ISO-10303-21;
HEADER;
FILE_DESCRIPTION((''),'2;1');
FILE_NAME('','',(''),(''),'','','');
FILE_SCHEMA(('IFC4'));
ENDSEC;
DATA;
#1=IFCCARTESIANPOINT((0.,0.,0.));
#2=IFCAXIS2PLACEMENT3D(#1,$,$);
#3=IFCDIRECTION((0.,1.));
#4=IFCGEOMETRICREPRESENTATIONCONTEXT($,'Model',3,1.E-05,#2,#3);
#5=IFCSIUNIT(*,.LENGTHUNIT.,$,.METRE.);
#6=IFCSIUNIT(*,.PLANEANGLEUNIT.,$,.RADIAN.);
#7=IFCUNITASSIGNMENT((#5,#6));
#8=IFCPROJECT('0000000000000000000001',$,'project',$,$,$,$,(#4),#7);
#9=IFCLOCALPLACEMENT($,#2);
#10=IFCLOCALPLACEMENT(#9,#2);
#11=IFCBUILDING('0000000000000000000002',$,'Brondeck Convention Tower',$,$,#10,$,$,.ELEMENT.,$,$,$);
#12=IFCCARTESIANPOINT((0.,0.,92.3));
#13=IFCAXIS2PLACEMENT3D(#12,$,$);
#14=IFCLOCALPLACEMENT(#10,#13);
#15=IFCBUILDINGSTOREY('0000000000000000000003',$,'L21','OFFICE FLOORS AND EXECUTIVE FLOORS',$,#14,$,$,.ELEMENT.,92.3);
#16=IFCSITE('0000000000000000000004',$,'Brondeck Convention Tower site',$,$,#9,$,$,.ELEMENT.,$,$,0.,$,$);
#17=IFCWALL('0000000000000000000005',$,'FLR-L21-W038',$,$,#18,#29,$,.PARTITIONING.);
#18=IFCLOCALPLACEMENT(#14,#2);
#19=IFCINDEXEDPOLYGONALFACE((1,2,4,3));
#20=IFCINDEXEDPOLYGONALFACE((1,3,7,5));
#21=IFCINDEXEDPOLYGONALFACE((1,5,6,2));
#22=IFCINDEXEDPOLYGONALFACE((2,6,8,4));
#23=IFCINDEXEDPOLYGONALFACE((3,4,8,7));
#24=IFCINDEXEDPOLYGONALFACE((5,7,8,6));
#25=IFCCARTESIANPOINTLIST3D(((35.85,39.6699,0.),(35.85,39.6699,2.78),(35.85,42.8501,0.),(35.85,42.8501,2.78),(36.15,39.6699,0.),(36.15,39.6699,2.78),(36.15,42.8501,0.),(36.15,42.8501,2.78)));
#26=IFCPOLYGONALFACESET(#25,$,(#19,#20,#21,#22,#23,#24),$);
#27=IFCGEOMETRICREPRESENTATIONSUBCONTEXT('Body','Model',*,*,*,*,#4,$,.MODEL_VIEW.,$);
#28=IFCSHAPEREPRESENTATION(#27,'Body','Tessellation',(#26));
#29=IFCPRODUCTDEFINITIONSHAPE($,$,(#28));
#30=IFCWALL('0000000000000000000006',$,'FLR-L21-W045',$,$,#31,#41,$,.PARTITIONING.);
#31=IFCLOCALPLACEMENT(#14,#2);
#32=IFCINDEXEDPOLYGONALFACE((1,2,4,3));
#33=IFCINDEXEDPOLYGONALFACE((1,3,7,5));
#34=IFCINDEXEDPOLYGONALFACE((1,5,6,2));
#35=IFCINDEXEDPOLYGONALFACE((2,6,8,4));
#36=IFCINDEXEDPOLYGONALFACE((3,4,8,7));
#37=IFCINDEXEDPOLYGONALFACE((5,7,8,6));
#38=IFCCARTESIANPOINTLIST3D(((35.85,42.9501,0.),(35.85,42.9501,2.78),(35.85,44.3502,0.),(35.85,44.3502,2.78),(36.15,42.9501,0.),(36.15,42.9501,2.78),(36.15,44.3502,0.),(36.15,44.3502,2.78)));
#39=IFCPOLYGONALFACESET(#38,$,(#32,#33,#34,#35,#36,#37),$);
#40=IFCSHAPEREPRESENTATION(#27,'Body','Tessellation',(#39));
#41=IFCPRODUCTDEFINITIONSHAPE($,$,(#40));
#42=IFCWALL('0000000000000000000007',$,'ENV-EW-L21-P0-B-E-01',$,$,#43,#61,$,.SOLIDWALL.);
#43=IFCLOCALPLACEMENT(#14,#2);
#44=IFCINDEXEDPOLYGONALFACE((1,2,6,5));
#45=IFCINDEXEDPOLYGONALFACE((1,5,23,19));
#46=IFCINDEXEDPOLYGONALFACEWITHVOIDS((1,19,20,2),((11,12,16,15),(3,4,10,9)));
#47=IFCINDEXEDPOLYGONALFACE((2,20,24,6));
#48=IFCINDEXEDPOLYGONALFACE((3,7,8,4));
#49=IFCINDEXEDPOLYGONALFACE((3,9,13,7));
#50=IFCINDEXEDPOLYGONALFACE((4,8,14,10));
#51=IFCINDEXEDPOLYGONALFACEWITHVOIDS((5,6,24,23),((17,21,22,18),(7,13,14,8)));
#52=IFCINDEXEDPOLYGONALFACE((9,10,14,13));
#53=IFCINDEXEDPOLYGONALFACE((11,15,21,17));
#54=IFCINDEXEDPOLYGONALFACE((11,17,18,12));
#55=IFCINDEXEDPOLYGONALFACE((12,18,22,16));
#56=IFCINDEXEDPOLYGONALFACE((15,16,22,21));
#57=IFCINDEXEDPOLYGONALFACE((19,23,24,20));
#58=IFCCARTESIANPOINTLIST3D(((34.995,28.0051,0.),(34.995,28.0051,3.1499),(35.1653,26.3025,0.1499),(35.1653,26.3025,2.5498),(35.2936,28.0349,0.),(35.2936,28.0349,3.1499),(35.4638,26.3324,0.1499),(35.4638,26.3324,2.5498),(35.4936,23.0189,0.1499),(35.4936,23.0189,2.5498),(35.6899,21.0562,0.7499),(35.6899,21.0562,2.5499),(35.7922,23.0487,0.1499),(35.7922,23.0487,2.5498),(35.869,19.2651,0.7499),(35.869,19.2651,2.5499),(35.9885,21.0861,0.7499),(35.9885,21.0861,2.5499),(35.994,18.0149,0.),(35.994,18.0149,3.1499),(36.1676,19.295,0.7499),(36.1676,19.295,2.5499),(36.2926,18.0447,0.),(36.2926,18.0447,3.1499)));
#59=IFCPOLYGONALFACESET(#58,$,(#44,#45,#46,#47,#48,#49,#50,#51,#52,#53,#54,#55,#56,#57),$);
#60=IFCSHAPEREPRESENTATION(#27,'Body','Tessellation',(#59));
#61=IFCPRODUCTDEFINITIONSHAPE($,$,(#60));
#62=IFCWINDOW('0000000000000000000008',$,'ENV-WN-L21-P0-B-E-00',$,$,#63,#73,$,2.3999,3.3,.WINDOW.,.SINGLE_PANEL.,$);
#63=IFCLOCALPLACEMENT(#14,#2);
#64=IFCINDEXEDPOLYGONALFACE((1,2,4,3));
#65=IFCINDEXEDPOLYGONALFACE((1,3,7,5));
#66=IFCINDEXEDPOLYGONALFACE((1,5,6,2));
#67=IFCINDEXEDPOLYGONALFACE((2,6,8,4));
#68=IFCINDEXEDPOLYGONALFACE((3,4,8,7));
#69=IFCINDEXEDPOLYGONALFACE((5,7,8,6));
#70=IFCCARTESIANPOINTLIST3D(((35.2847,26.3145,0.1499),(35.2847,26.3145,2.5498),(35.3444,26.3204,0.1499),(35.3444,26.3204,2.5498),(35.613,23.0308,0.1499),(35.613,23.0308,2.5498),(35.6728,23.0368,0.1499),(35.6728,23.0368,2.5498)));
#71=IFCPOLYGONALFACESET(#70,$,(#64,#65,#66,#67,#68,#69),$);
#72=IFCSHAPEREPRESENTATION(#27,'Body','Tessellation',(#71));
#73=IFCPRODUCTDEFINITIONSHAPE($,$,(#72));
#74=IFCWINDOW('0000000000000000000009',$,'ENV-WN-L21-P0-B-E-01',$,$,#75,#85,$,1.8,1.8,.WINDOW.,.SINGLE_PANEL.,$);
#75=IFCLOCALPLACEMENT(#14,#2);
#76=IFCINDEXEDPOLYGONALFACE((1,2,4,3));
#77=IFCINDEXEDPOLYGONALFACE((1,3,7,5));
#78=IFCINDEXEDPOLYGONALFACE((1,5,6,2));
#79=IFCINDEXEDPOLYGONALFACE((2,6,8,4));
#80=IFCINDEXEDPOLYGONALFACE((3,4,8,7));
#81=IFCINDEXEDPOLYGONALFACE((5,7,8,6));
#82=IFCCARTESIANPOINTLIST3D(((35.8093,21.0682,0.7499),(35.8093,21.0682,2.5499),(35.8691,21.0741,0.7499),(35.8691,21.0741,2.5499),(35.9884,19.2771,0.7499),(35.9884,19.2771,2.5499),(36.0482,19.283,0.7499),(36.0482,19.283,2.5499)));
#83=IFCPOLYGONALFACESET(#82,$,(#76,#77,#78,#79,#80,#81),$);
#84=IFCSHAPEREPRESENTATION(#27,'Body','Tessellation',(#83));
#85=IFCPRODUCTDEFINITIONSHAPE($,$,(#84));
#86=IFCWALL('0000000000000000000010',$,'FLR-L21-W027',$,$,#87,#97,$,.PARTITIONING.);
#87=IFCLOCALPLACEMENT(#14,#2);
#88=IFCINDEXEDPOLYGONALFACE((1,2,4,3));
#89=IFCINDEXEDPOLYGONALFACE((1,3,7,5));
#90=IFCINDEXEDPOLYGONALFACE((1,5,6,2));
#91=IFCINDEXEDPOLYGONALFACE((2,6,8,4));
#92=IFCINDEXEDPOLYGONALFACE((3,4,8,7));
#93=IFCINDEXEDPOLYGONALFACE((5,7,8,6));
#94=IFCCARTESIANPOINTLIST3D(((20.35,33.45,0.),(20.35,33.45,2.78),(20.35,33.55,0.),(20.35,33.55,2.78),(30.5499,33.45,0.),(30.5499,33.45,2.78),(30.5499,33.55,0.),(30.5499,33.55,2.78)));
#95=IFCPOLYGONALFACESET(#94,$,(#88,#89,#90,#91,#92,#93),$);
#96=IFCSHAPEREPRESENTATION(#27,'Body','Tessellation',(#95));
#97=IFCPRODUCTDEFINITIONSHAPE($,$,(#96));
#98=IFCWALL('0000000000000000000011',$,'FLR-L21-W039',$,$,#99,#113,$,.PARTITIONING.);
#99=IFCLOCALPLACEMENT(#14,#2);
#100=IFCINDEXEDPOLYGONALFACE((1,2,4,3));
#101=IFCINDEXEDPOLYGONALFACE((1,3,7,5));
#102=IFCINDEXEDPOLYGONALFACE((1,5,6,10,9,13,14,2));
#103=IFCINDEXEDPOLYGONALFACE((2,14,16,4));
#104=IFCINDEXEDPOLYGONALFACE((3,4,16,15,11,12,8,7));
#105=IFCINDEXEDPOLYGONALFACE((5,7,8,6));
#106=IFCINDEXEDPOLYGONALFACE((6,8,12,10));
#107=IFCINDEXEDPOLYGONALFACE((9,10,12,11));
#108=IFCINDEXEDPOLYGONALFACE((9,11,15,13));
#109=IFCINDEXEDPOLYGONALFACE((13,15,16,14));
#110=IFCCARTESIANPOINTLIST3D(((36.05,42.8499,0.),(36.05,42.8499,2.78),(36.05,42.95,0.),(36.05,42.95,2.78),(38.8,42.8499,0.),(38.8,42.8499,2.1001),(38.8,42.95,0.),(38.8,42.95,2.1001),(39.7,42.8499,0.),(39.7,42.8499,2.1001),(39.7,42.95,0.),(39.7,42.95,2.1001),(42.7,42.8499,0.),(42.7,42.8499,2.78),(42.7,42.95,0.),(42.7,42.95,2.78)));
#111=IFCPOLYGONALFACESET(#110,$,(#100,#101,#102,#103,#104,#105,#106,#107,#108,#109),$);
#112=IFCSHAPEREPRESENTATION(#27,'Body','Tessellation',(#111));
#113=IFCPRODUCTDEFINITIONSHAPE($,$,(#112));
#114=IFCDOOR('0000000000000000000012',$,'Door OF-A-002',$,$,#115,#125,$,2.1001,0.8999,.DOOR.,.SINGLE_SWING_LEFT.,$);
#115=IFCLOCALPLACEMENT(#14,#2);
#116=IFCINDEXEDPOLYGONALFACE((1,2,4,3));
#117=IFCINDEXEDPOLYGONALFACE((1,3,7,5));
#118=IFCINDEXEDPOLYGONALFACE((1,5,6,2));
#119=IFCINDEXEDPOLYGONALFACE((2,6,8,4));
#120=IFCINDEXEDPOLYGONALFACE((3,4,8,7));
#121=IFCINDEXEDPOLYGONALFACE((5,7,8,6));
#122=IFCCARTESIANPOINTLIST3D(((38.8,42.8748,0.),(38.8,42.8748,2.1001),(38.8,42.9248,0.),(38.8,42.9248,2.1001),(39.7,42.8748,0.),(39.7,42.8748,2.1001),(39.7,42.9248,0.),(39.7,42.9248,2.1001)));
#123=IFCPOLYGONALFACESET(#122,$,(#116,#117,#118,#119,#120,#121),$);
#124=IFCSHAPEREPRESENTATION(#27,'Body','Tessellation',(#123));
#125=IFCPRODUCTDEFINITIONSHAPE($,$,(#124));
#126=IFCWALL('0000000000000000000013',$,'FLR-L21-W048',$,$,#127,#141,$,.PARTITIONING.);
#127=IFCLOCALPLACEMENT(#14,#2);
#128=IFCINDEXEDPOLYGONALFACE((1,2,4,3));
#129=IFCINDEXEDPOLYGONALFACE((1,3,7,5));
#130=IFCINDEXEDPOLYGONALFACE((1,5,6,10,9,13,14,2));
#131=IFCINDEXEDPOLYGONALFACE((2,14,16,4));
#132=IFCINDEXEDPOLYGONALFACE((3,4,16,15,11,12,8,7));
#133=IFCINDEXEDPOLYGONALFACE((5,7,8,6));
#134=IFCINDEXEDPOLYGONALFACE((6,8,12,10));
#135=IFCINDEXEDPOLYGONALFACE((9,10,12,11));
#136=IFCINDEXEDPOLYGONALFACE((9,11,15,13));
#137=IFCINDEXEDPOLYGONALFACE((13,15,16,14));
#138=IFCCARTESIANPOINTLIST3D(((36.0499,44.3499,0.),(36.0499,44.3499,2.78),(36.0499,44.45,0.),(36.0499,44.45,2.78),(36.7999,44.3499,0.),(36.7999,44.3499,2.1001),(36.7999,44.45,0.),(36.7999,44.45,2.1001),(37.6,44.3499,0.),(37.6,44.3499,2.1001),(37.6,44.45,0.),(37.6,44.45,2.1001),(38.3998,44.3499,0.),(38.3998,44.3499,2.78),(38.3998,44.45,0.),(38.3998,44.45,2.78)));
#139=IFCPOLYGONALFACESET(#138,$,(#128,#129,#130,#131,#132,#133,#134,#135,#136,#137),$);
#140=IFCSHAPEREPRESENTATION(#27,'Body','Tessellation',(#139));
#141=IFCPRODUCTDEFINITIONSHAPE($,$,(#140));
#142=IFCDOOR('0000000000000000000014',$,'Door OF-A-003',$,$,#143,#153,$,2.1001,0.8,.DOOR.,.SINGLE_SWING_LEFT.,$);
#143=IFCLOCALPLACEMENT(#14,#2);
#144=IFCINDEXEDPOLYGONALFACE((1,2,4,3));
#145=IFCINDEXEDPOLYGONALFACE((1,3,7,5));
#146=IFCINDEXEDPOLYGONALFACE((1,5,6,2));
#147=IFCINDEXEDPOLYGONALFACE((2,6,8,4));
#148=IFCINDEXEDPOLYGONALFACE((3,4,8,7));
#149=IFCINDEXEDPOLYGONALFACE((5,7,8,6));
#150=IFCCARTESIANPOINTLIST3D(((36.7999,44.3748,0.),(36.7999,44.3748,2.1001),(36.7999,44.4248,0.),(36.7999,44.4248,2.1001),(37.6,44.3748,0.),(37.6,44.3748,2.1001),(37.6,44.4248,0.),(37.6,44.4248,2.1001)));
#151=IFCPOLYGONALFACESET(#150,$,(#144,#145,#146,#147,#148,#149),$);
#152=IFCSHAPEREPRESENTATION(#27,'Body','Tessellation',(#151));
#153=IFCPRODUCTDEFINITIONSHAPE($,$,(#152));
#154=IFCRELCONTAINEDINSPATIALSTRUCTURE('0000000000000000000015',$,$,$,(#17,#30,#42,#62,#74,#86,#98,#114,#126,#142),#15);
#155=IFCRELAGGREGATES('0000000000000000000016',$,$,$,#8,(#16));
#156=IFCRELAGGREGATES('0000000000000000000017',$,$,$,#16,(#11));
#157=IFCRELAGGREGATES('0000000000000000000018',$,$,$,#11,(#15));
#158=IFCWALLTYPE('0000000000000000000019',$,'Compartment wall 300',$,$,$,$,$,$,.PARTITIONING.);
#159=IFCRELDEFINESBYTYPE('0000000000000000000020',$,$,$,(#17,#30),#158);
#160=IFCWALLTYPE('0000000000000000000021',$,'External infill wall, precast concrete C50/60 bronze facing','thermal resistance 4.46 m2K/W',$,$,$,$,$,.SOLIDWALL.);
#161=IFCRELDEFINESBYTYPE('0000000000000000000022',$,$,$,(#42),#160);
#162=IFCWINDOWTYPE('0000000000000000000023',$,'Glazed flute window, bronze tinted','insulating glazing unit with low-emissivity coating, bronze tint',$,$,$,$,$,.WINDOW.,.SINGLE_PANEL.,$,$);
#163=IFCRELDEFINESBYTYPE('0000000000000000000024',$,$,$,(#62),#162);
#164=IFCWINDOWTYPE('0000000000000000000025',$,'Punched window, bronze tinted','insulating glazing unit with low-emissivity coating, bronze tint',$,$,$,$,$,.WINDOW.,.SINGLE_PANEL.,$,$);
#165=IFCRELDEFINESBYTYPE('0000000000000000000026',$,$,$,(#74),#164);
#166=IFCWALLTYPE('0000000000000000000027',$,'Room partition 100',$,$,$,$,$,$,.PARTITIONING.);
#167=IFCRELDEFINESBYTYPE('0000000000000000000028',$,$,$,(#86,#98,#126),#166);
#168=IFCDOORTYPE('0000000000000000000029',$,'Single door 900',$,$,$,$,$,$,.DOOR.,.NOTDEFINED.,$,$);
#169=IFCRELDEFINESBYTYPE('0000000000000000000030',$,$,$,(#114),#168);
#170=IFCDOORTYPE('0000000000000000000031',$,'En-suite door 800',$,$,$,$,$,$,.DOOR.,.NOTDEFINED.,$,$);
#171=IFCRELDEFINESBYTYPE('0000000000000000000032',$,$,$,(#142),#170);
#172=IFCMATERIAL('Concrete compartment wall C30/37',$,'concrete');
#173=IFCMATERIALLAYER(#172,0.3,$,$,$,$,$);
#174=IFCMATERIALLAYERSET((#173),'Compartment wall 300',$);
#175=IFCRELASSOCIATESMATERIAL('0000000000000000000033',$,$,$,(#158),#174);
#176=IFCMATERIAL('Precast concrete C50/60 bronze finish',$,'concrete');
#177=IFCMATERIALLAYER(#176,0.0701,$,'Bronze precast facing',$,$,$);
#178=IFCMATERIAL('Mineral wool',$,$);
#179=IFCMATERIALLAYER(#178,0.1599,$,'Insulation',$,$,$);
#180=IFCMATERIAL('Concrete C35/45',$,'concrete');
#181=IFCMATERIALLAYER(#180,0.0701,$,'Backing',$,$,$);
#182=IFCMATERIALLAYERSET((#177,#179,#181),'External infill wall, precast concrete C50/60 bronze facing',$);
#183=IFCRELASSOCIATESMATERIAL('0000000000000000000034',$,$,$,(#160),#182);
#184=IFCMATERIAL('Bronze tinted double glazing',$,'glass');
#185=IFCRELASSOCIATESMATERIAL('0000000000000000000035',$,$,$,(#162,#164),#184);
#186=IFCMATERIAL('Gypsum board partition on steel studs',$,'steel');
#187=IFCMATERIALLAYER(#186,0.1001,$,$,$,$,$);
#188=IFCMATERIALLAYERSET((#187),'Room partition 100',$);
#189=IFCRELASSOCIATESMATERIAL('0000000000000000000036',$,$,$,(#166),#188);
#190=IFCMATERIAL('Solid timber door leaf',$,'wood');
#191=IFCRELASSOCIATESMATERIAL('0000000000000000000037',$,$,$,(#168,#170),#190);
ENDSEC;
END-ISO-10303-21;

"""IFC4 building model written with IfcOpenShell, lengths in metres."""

from ifc_helpers import new_model, si_unit, direction, frame, frame_2d, origin, place, context, subcontext, project, spatial, rectangle, extrude, material, layer, layer_set, type_object, element, fill, save


model = new_model("IFC4")

# Units and contexts
model_context = context("Model", 3, precision=1e-05, world=origin(), true_north=direction((0.0, 1.0)))
body_context = subcontext(model_context, "Body", "Model", "MODEL_VIEW")
ifc_project = project(units=[si_unit("LENGTHUNIT", "METRE"), si_unit("PLANEANGLEUNIT", "RADIAN")], contexts=[model_context])

# Site, building, storey
site_placement = place(None, origin())
site = spatial("IfcSite", under=ifc_project, at=site_placement, Name="Brondeck Convention Tower site", CompositionType="ELEMENT", RefElevation=0.0)
building_placement = place(site_placement, origin())
building = spatial("IfcBuilding", under=site, at=building_placement, Name="Brondeck Convention Tower", CompositionType="ELEMENT")
storey_placement = place(building_placement, frame((0.0, 0.0, 92.3)))
storey = spatial("IfcBuildingStorey", under=building, at=storey_placement, Name="L21", Description="OFFICE FLOORS AND EXECUTIVE FLOORS", CompositionType="ELEMENT", Elevation=92.3)

# Walls
ifc_material_1 = material(Name="Concrete compartment wall C30/37", Category="concrete")
ifc_layer_1 = layer(ifc_material_1, 0.3)
ifc_layer_set_1 = layer_set([ifc_layer_1], Name="Compartment wall 300")
wall_type_1 = type_object("IfcWallType", Name="Compartment wall 300", PredefinedType="PARTITIONING", material=ifc_layer_set_1)
wall_1_placement = place(storey_placement, frame((36.0, 39.6699, 0.0), z_axis=(0.0, 0.0, 1.0), x_axis=(0.0, 1.0, 0.0)))
element("IfcWall", 1, at=wall_1_placement, inside=storey, type_object=wall_type_1, Name="FLR-L21-W038", PredefinedType="PARTITIONING", context=body_context, shape_type="SweptSolid", body=[
    extrude(rectangle(XDim=3.1802, YDim=0.3, at=frame_2d((1.5901, 0.0))), origin(), (0.0, 0.0, 1.0), 2.78),
])
wall_2_placement = place(storey_placement, frame((36.0, 42.95, 0.0), z_axis=(0.0, 0.0, 1.0), x_axis=(0.0, 1.0, 0.0)))
element("IfcWall", 2, at=wall_2_placement, inside=storey, type_object=wall_type_1, Name="FLR-L21-W045", PredefinedType="PARTITIONING", context=body_context, shape_type="SweptSolid", body=[
    extrude(rectangle(XDim=1.4001, YDim=0.3, at=frame_2d((0.7002, 0.0))), origin(), (0.0, 0.0, 1.0), 2.78),
])

# Wall, openings, windows
ifc_material_2 = material(Name="Precast concrete C50/60 bronze finish", Category="concrete")
ifc_layer_2 = layer(ifc_material_2, 0.0701, Name="Bronze precast facing")
ifc_material_3 = material(Name="Mineral wool")
ifc_layer_3 = layer(ifc_material_3, 0.1599, Name="Insulation")
ifc_material_4 = material(Name="Concrete C35/45", Category="concrete")
ifc_layer_4 = layer(ifc_material_4, 0.0701, Name="Backing")
ifc_layer_set_2 = layer_set([ifc_layer_2, ifc_layer_3, ifc_layer_4], Name="External infill wall, precast concrete C50/60 bronze facing")
wall_type_2 = type_object("IfcWallType", Name="External infill wall, precast concrete C50/60 bronze facing", Description="thermal resistance 4.46 m2K/W", PredefinedType="SOLIDWALL", material=ifc_layer_set_2)
wall_3_placement = place(storey_placement, frame((35.1443, 28.02, 0.0), z_axis=(0.0, 0.0, 1.0), x_axis=(0.099504, -0.995037, 0.0)))
wall_3 = element("IfcWall", 3, at=wall_3_placement, inside=storey, type_object=wall_type_2, Name="ENV-EW-L21-P0-B-E-01", PredefinedType="SOLIDWALL", context=body_context, shape_type="SweptSolid", body=[
    extrude(rectangle(XDim=10.04, YDim=0.3, at=frame_2d((5.02, 0.0))), origin(), (0.0, 0.0, 1.0), 3.1499),
])
opening_1_placement = place(wall_3_placement, frame((1.7112, 0.0, 0.1499)))
opening_1 = element("IfcOpeningElement", 4, at=opening_1_placement, cuts=wall_3, PredefinedType="OPENING", context=body_context, shape_type="SweptSolid", body=[
    extrude(rectangle(XDim=3.3, YDim=2.3999, at=frame_2d((1.6499, 1.2))), frame((0.0, 0.1599, 0.0), z_axis=(0.0, -1.0, 0.0), x_axis=(1.0, 0.0, 0.0)), (0.0, 0.0, 1.0), 0.3201),
])
opening_2_placement = place(wall_3_placement, frame((6.9836, 0.0, 0.75)))
opening_2 = element("IfcOpeningElement", 5, at=opening_2_placement, cuts=wall_3, PredefinedType="OPENING", context=body_context, shape_type="SweptSolid", body=[
    extrude(rectangle(XDim=1.8, YDim=1.8, at=frame_2d((0.8999, 0.8999))), frame((0.0, 0.1599, 0.0), z_axis=(0.0, -1.0, 0.0), x_axis=(1.0, 0.0, 0.0)), (0.0, 0.0, 1.0), 0.3201),
])
ifc_material_5 = material(Name="Bronze tinted double glazing", Category="glass")
window_type_1 = type_object("IfcWindowType", Name="Glazed flute window, bronze tinted", Description="insulating glazing unit with low-emissivity coating, bronze tint", PartitioningType="SINGLE_PANEL", PredefinedType="WINDOW", material=ifc_material_5)
window_1_placement = place(opening_1_placement, origin())
window_1 = element("IfcWindow", 6, at=window_1_placement, inside=storey, type_object=window_type_1, Name="ENV-WN-L21-P0-B-E-00", OverallHeight=2.3999, OverallWidth=3.3, PartitioningType="SINGLE_PANEL", PredefinedType="WINDOW", context=body_context, shape_type="SweptSolid", body=[
    extrude(rectangle(XDim=3.3, YDim=2.3999, at=frame_2d((1.6499, 1.2))), frame((0.0, 0.03, 0.0), z_axis=(0.0, -1.0, 0.0), x_axis=(1.0, 0.0, 0.0)), (0.0, 0.0, 1.0), 0.0601),
])
fill(opening_1, window_1)
window_type_2 = type_object("IfcWindowType", Name="Punched window, bronze tinted", Description="insulating glazing unit with low-emissivity coating, bronze tint", PartitioningType="SINGLE_PANEL", PredefinedType="WINDOW", material=ifc_material_5)
window_2_placement = place(opening_2_placement, origin())
window_2 = element("IfcWindow", 7, at=window_2_placement, inside=storey, type_object=window_type_2, Name="ENV-WN-L21-P0-B-E-01", OverallHeight=1.8, OverallWidth=1.8, PartitioningType="SINGLE_PANEL", PredefinedType="WINDOW", context=body_context, shape_type="SweptSolid", body=[
    extrude(rectangle(XDim=1.8, YDim=1.8, at=frame_2d((0.8999, 0.8999))), frame((0.0, 0.03, 0.0), z_axis=(0.0, -1.0, 0.0), x_axis=(1.0, 0.0, 0.0)), (0.0, 0.0, 1.0), 0.0601),
])
fill(opening_2, window_2)

# Wall
ifc_material_6 = material(Name="Gypsum board partition on steel studs", Category="steel")
ifc_layer_5 = layer(ifc_material_6, 0.1001)
ifc_layer_set_3 = layer_set([ifc_layer_5], Name="Room partition 100")
wall_type_3 = type_object("IfcWallType", Name="Room partition 100", PredefinedType="PARTITIONING", material=ifc_layer_set_3)
wall_4_placement = place(storey_placement, frame((30.55, 33.5, 0.0), z_axis=(0.0, 0.0, 1.0), x_axis=(-1.0, 0.0, 0.0)))
element("IfcWall", 8, at=wall_4_placement, inside=storey, type_object=wall_type_3, Name="FLR-L21-W027", PredefinedType="PARTITIONING", context=body_context, shape_type="SweptSolid", body=[
    extrude(rectangle(XDim=10.2, YDim=0.1001, at=frame_2d((5.1001, 0.0))), origin(), (0.0, 0.0, 1.0), 2.78),
])

# Walls, openings, doors
wall_5_placement = place(storey_placement, frame((36.05, 42.8999, 0.0), z_axis=(0.0, 0.0, 1.0), x_axis=(1.0, 0.0, 0.0)))
wall_5 = element("IfcWall", 9, at=wall_5_placement, inside=storey, type_object=wall_type_3, Name="FLR-L21-W039", PredefinedType="PARTITIONING", context=body_context, shape_type="SweptSolid", body=[
    extrude(rectangle(XDim=6.6499, YDim=0.1001, at=frame_2d((3.325, 0.0))), origin(), (0.0, 0.0, 1.0), 2.78),
])
opening_3_placement = place(wall_5_placement, frame((2.75, 0.0, 0.0)))
opening_3 = element("IfcOpeningElement", 10, at=opening_3_placement, cuts=wall_5, PredefinedType="OPENING", context=body_context, shape_type="SweptSolid", body=[
    extrude(rectangle(XDim=0.8999, YDim=2.1001, at=frame_2d((0.45, 1.05))), frame((0.0, 0.0601, 0.0), z_axis=(0.0, -1.0, 0.0), x_axis=(1.0, 0.0, 0.0)), (0.0, 0.0, 1.0), 0.1201),
])
ifc_material_7 = material(Name="Solid timber door leaf", Category="wood")
door_type_1 = type_object("IfcDoorType", Name="Single door 900", OperationType="NOTDEFINED", PredefinedType="DOOR", material=ifc_material_7)
door_1_placement = place(opening_3_placement, origin())
door_1 = element("IfcDoor", 11, at=door_1_placement, inside=storey, type_object=door_type_1, Name="Door OF-A-002", OperationType="SINGLE_SWING_LEFT", OverallHeight=2.1001, OverallWidth=0.8999, PredefinedType="DOOR", context=body_context, shape_type="SweptSolid", body=[
    extrude(rectangle(XDim=0.8999, YDim=2.1001, at=frame_2d((0.45, 1.05))), frame((0.0, 0.0249, 0.0), z_axis=(0.0, -1.0, 0.0), x_axis=(1.0, 0.0, 0.0)), (0.0, 0.0, 1.0), 0.05),
])
fill(opening_3, door_1)
wall_6_placement = place(storey_placement, frame((36.05, 44.3999, 0.0), z_axis=(0.0, 0.0, 1.0), x_axis=(1.0, 0.0, 0.0)))
wall_6 = element("IfcWall", 12, at=wall_6_placement, inside=storey, type_object=wall_type_3, Name="FLR-L21-W048", PredefinedType="PARTITIONING", context=body_context, shape_type="SweptSolid", body=[
    extrude(rectangle(XDim=2.3499, YDim=0.1001, at=frame_2d((1.1748, 0.0))), origin(), (0.0, 0.0, 1.0), 2.78),
])
opening_4_placement = place(wall_6_placement, frame((0.75, 0.0, 0.0)))
opening_4 = element("IfcOpeningElement", 13, at=opening_4_placement, cuts=wall_6, PredefinedType="OPENING", context=body_context, shape_type="SweptSolid", body=[
    extrude(rectangle(XDim=0.8, YDim=2.1001, at=frame_2d((0.3999, 1.05))), frame((0.0, 0.0601, 0.0), z_axis=(0.0, -1.0, 0.0), x_axis=(1.0, 0.0, 0.0)), (0.0, 0.0, 1.0), 0.1201),
])
door_type_2 = type_object("IfcDoorType", Name="En-suite door 800", OperationType="NOTDEFINED", PredefinedType="DOOR", material=ifc_material_7)
door_2_placement = place(opening_4_placement, origin())
door_2 = element("IfcDoor", 14, at=door_2_placement, inside=storey, type_object=door_type_2, Name="Door OF-A-003", OperationType="SINGLE_SWING_LEFT", OverallHeight=2.1001, OverallWidth=0.8, PredefinedType="DOOR", context=body_context, shape_type="SweptSolid", body=[
    extrude(rectangle(XDim=0.8, YDim=2.1001, at=frame_2d((0.3999, 1.05))), frame((0.0, 0.0249, 0.0), z_axis=(0.0, -1.0, 0.0), x_axis=(1.0, 0.0, 0.0)), (0.0, 0.0, 1.0), 0.05),
])
fill(opening_4, door_2)

save(model, "model.ifc")
